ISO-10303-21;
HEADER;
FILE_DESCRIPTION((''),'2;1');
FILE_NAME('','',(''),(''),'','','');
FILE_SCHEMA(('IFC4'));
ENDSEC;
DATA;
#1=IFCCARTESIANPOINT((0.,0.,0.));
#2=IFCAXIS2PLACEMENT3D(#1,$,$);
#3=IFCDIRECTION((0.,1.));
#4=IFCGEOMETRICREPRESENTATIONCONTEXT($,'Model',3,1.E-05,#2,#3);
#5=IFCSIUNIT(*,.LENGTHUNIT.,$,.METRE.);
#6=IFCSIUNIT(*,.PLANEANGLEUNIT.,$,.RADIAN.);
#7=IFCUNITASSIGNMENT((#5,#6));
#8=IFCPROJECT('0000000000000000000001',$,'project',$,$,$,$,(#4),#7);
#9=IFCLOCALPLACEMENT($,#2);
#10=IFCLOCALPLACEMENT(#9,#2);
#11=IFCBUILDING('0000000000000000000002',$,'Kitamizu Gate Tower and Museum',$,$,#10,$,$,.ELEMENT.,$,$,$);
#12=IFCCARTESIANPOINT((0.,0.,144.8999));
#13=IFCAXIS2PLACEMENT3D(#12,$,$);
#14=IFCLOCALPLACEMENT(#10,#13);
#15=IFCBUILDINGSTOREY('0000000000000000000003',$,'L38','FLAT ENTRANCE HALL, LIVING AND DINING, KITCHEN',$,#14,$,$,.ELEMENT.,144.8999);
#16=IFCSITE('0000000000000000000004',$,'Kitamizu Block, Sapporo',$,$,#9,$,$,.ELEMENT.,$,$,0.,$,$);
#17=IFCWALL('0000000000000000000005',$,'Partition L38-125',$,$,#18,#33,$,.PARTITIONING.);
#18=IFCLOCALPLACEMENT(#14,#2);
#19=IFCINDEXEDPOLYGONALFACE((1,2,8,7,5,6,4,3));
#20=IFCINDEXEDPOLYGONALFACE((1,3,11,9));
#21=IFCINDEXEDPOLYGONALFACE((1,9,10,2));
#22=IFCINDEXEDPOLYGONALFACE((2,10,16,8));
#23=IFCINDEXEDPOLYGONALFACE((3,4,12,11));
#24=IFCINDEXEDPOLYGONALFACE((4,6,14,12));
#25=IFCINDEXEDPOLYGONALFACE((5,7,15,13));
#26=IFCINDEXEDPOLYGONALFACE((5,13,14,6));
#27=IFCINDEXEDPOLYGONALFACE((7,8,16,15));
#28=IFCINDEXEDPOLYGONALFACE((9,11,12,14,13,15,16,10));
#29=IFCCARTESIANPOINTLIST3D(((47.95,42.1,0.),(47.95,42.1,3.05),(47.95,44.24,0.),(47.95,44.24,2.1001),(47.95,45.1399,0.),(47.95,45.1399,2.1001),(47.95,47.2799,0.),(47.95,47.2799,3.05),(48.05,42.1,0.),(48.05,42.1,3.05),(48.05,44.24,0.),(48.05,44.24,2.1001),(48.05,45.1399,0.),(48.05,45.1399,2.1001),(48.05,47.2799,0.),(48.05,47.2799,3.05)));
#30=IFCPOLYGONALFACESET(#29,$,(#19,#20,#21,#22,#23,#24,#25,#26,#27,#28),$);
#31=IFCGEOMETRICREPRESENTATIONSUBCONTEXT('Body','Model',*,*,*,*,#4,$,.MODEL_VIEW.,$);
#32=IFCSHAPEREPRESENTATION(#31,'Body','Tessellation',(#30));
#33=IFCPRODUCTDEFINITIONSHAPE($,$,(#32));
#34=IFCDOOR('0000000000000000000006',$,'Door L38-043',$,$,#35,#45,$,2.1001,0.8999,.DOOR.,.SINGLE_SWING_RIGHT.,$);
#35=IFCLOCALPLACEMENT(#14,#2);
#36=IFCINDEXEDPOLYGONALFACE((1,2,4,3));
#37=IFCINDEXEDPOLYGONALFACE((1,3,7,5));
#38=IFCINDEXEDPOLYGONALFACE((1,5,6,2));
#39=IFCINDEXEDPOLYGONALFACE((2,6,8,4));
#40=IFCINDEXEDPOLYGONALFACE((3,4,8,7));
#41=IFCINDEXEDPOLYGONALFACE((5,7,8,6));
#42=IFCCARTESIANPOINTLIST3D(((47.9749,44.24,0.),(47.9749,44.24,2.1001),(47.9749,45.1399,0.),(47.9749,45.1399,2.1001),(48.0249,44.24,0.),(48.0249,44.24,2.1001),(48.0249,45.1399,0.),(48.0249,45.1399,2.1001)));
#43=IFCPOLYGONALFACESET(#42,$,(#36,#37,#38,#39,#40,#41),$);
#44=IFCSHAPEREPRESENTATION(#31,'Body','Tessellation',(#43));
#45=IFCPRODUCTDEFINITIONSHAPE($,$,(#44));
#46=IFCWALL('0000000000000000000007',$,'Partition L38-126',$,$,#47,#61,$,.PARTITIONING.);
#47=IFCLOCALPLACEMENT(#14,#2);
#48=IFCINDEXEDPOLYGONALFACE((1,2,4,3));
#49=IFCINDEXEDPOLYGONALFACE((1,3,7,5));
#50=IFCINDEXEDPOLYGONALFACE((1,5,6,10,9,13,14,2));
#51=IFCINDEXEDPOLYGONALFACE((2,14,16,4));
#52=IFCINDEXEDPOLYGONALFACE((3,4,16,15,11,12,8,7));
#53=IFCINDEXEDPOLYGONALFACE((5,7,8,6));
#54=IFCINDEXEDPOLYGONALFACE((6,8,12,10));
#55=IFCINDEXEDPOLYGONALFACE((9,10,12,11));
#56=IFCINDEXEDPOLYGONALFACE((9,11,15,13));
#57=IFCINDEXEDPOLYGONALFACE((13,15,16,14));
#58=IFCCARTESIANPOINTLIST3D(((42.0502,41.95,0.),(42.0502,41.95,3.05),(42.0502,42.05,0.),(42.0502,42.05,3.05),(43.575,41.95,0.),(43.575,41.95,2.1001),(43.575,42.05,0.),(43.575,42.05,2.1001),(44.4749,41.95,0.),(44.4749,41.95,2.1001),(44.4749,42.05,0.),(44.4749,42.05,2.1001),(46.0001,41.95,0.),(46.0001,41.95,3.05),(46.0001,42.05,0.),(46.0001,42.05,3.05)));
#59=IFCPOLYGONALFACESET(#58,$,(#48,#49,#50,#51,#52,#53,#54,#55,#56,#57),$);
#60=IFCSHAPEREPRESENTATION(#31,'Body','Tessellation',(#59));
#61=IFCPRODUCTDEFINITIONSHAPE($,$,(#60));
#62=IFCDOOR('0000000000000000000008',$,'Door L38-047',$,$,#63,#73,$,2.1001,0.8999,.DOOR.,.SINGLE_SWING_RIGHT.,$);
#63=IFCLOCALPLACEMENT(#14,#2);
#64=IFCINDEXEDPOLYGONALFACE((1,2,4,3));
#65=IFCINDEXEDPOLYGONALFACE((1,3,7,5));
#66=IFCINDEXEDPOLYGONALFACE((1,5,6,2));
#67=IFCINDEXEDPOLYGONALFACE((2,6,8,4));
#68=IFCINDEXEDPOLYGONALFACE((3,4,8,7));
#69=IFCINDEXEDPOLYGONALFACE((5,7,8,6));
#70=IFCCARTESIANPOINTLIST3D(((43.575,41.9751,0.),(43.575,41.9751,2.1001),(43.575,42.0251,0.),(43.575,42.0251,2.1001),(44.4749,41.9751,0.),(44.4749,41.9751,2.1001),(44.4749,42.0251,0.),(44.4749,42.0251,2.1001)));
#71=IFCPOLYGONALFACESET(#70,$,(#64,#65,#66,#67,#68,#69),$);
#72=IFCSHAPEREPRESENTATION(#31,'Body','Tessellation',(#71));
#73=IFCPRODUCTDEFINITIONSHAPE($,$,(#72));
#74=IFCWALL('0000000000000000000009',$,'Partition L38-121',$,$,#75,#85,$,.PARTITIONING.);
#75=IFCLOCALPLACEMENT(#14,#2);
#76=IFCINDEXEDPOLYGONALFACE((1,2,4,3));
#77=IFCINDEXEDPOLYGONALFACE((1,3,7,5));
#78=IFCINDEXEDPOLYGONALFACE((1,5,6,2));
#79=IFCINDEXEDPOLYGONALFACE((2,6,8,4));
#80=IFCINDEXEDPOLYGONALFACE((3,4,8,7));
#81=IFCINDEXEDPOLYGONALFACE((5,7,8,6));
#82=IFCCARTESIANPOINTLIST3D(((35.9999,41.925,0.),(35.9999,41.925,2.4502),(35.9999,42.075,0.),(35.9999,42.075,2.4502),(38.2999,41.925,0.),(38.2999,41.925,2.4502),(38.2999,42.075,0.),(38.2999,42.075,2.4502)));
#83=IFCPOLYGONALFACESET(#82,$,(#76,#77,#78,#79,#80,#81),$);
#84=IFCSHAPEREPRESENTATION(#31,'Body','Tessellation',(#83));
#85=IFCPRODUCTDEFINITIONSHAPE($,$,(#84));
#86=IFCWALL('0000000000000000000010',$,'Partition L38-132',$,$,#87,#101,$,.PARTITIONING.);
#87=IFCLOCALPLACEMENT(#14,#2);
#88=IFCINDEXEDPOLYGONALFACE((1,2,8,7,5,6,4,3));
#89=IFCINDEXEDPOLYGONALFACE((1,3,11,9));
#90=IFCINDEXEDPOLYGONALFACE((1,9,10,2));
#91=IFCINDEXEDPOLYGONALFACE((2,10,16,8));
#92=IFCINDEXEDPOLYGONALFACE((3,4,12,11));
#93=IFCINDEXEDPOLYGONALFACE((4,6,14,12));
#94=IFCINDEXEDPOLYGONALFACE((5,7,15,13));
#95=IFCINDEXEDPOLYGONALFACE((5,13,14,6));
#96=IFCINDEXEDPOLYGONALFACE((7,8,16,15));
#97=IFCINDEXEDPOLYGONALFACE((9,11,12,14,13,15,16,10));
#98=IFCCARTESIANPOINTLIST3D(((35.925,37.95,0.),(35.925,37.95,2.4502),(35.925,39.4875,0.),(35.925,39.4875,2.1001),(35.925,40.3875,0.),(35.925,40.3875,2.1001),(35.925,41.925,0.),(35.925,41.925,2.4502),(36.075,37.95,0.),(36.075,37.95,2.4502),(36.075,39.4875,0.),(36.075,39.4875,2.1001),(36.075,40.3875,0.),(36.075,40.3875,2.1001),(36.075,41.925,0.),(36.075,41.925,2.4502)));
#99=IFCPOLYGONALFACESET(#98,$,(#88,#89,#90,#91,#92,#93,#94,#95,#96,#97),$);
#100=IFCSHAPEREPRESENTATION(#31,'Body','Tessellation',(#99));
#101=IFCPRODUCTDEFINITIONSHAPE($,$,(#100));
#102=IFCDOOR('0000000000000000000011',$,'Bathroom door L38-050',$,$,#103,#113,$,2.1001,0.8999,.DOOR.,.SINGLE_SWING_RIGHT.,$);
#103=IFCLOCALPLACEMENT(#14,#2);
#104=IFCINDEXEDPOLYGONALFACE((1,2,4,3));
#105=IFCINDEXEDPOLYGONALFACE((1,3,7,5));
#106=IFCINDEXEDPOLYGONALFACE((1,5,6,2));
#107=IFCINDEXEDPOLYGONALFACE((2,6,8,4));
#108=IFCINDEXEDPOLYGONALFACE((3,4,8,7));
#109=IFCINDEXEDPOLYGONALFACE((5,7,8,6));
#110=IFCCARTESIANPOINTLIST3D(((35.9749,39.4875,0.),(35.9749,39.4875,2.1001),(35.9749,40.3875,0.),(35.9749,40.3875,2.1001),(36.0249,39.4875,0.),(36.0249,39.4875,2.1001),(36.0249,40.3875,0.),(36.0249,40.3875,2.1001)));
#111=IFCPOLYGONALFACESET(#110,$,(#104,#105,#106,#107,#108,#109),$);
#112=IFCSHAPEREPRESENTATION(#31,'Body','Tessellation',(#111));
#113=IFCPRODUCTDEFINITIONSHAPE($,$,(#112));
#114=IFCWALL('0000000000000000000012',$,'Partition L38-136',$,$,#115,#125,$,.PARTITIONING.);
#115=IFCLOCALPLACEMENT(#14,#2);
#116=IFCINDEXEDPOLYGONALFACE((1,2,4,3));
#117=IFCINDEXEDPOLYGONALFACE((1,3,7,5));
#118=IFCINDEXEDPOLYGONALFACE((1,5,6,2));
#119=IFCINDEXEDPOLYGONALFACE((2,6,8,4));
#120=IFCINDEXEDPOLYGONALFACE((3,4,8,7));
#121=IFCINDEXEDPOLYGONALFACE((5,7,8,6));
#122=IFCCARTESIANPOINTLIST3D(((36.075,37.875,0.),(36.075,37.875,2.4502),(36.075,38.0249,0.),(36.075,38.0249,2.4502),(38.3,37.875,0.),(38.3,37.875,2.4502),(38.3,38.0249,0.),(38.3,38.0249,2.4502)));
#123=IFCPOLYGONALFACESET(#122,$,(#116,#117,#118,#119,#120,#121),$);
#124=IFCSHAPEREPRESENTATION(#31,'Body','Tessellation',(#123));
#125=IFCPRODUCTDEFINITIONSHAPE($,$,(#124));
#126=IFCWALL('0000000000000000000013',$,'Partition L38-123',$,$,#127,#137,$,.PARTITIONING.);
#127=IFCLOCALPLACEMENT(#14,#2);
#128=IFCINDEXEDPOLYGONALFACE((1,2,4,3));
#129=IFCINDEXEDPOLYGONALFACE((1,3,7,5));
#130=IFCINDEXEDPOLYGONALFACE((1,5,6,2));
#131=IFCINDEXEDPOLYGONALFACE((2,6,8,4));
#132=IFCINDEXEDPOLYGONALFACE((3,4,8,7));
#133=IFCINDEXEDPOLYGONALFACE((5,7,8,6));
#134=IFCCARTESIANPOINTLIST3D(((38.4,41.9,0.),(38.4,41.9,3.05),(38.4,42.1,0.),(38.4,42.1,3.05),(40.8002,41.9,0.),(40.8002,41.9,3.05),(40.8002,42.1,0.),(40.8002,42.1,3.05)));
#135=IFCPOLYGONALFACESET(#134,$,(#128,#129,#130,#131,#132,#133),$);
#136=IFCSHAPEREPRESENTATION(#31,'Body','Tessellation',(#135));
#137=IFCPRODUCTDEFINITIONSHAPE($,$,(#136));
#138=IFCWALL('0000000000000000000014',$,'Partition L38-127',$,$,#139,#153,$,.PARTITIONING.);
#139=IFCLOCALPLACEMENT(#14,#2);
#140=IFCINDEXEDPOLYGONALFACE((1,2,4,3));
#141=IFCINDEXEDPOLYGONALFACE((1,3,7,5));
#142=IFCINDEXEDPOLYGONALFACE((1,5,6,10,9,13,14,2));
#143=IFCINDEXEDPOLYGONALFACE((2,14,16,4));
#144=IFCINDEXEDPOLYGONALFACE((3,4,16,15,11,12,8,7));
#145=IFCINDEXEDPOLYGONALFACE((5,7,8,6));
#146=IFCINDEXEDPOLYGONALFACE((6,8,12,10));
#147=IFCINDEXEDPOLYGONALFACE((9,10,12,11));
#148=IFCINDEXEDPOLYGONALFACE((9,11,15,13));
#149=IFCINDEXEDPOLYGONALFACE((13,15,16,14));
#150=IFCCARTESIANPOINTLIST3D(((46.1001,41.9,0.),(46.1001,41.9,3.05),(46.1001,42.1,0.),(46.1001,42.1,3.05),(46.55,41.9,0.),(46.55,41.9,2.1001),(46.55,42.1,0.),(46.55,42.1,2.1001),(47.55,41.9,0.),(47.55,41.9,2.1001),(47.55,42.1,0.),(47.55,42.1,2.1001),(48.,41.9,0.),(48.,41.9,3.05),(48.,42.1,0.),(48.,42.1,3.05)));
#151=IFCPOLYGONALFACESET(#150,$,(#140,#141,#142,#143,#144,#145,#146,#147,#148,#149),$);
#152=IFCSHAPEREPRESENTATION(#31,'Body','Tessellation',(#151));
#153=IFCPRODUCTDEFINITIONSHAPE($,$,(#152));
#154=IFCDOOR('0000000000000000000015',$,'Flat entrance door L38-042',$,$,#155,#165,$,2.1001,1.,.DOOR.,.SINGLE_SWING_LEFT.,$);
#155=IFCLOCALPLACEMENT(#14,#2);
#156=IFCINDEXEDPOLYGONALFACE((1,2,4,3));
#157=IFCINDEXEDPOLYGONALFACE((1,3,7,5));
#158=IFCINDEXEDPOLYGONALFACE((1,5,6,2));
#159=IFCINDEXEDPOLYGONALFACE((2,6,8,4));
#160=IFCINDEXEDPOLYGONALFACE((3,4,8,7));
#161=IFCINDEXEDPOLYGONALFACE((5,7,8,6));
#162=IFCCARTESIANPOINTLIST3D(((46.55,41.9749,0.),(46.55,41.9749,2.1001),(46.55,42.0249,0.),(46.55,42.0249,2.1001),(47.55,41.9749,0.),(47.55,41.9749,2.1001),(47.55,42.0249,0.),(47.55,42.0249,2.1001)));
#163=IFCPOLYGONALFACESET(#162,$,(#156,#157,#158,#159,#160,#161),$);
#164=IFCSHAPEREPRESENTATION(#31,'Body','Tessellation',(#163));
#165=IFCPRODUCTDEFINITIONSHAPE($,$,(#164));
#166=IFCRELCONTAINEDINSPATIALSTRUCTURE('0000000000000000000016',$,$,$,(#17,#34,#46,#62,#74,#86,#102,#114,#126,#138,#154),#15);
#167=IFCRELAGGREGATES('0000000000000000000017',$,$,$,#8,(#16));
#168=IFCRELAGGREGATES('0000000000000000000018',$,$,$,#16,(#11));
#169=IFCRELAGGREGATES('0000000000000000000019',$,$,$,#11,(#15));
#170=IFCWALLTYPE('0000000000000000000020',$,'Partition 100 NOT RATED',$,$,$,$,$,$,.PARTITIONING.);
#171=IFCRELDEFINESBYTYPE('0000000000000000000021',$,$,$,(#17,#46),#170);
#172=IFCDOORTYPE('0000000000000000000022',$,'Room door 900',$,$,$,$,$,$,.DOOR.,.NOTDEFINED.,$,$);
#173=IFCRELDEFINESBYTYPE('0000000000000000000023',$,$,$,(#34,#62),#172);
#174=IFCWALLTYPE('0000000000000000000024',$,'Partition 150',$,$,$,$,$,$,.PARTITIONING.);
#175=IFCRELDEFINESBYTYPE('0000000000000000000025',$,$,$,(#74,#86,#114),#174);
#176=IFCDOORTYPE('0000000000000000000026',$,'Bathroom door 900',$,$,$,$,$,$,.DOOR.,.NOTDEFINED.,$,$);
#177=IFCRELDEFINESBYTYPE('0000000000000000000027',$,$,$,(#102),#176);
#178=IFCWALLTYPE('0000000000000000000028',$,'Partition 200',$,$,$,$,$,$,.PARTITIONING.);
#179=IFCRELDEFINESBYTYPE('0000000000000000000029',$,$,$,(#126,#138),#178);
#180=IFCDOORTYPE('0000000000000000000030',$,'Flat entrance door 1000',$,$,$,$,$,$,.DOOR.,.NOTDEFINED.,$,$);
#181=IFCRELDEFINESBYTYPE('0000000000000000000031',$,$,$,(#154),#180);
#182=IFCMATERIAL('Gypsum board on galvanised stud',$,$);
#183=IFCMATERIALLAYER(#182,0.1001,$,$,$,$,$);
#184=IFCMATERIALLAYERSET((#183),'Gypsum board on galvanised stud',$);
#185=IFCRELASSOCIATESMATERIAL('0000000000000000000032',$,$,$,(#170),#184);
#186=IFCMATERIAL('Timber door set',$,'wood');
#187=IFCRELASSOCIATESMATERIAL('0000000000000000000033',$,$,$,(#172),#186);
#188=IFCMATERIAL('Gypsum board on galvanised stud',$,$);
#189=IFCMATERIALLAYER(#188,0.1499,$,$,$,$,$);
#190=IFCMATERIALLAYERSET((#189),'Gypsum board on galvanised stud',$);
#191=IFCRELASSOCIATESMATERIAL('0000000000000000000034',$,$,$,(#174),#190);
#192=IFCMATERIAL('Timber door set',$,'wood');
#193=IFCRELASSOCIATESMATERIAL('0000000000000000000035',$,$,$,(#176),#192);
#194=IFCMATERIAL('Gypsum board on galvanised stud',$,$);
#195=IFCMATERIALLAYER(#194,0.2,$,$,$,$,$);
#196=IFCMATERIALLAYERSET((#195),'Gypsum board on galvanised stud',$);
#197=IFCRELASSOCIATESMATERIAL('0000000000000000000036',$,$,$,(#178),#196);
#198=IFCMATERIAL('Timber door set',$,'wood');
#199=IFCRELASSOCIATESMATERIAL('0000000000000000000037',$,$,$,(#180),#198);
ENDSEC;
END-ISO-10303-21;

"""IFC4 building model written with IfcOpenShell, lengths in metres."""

from ifc_helpers import new_model, si_unit, direction, frame, frame_2d, origin, place, context, subcontext, project, spatial, rectangle, extrude, material, layer, layer_set, type_object, element, fill, save


model = new_model("IFC4")

# Units and contexts
model_context = context("Model", 3, precision=1e-05, world=origin(), true_north=direction((0.0, 1.0)))
body_context = subcontext(model_context, "Body", "Model", "MODEL_VIEW")
ifc_project = project(units=[si_unit("LENGTHUNIT", "METRE"), si_unit("PLANEANGLEUNIT", "RADIAN")], contexts=[model_context])

# Site, building, storey
site_placement = place(None, origin())
site = spatial("IfcSite", under=ifc_project, at=site_placement, Name="Kitamizu Block, Sapporo", CompositionType="ELEMENT", RefElevation=0.0)
building_placement = place(site_placement, origin())
building = spatial("IfcBuilding", under=site, at=building_placement, Name="Kitamizu Gate Tower and Museum", CompositionType="ELEMENT")
storey_placement = place(building_placement, frame((0.0, 0.0, 144.8999)))
storey = spatial("IfcBuildingStorey", under=building, at=storey_placement, Name="L38", Description="FLAT ENTRANCE HALL, LIVING AND DINING, KITCHEN", CompositionType="ELEMENT", Elevation=144.8999)

# Shared definitions
ifc_material_1 = material(Name="Gypsum board on galvanised stud")
ifc_layer_1 = layer(ifc_material_1, 0.1001)
ifc_layer_set_1 = layer_set([ifc_layer_1], Name="Gypsum board on galvanised stud")
wall_type_1 = type_object("IfcWallType", Name="Partition 100 NOT RATED", PredefinedType="PARTITIONING", material=ifc_layer_set_1)

# Shared definitions
ifc_material_2 = material(Name="Timber door set", Category="wood")
door_type_1 = type_object("IfcDoorType", Name="Room door 900", OperationType="NOTDEFINED", PredefinedType="DOOR", material=ifc_material_2)

# Walls, openings, doors
wall_1_placement = place(storey_placement, frame((48.0, 42.1001, 0.0), z_axis=(0.0, 0.0, 1.0), x_axis=(0.0, 1.0, 0.0)))
wall_1 = element("IfcWall", 1, at=wall_1_placement, inside=storey, type_object=wall_type_1, Name="Partition L38-125", PredefinedType="PARTITIONING", context=body_context, shape_type="SweptSolid", body=[
    extrude(rectangle(XDim=5.1799, YDim=0.1001, at=frame_2d((2.5898, 0.0))), origin(), (0.0, 0.0, 1.0), 3.05),
])
opening_1_placement = place(wall_1_placement, frame((2.1399, 0.0, 0.0)))
opening_1 = element("IfcOpeningElement", 2, at=opening_1_placement, cuts=wall_1, PredefinedType="OPENING", context=body_context, shape_type="SweptSolid", body=[
    extrude(rectangle(XDim=0.8999, YDim=2.1001, at=frame_2d((0.45, 1.05))), frame((0.0, 0.0601, 0.0), z_axis=(0.0, -1.0, 0.0), x_axis=(1.0, 0.0, 0.0)), (0.0, 0.0, 1.0), 0.1201),
])
door_1_placement = place(opening_1_placement, frame((0.8999, 0.0, 0.0), x_axis=(-1.0, 0.0, 0.0)))
door_1 = element("IfcDoor", 3, at=door_1_placement, inside=storey, type_object=door_type_1, Name="Door L38-043", OperationType="SINGLE_SWING_RIGHT", OverallHeight=2.1001, OverallWidth=0.8999, PredefinedType="DOOR", context=body_context, shape_type="SweptSolid", body=[
    extrude(rectangle(XDim=0.8999, YDim=2.1001, at=frame_2d((0.45, 1.05))), frame((0.0, 0.0249, 0.0), z_axis=(0.0, -1.0, 0.0), x_axis=(1.0, 0.0, 0.0)), (0.0, 0.0, 1.0), 0.05),
])
fill(opening_1, door_1)
wall_2_placement = place(storey_placement, frame((42.05, 42.0, 0.0), z_axis=(0.0, 0.0, 1.0), x_axis=(1.0, 0.0, 0.0)))
wall_2 = element("IfcWall", 4, at=wall_2_placement, inside=storey, type_object=wall_type_1, Name="Partition L38-126", PredefinedType="PARTITIONING", context=body_context, shape_type="SweptSolid", body=[
    extrude(rectangle(XDim=3.95, YDim=0.1001, at=frame_2d((1.9751, 0.0))), origin(), (0.0, 0.0, 1.0), 3.05),
])
opening_2_placement = place(wall_2_placement, frame((1.5249, 0.0, 0.0)))
opening_2 = element("IfcOpeningElement", 5, at=opening_2_placement, cuts=wall_2, PredefinedType="OPENING", context=body_context, shape_type="SweptSolid", body=[
    extrude(rectangle(XDim=0.8999, YDim=2.1001, at=frame_2d((0.45, 1.05))), frame((0.0, 0.0601, 0.0), z_axis=(0.0, -1.0, 0.0), x_axis=(1.0, 0.0, 0.0)), (0.0, 0.0, 1.0), 0.1201),
])
door_2_placement = place(opening_2_placement, frame((0.8999, 0.0, 0.0), x_axis=(-1.0, 0.0, 0.0)))
door_2 = element("IfcDoor", 6, at=door_2_placement, inside=storey, type_object=door_type_1, Name="Door L38-047", OperationType="SINGLE_SWING_RIGHT", OverallHeight=2.1001, OverallWidth=0.8999, PredefinedType="DOOR", context=body_context, shape_type="SweptSolid", body=[
    extrude(rectangle(XDim=0.8999, YDim=2.1001, at=frame_2d((0.45, 1.05))), frame((0.0, 0.0249, 0.0), z_axis=(0.0, -1.0, 0.0), x_axis=(1.0, 0.0, 0.0)), (0.0, 0.0, 1.0), 0.05),
])
fill(opening_2, door_2)

# Wall
ifc_material_3 = material(Name="Gypsum board on galvanised stud")
ifc_layer_2 = layer(ifc_material_3, 0.1499)
ifc_layer_set_2 = layer_set([ifc_layer_2], Name="Gypsum board on galvanised stud")
wall_type_2 = type_object("IfcWallType", Name="Partition 150", PredefinedType="PARTITIONING", material=ifc_layer_set_2)
wall_3_placement = place(storey_placement, frame((36.0, 42.0, 0.0), z_axis=(0.0, 0.0, 1.0), x_axis=(1.0, 0.0, 0.0)))
element("IfcWall", 7, at=wall_3_placement, inside=storey, type_object=wall_type_2, Name="Partition L38-121", PredefinedType="PARTITIONING", context=body_context, shape_type="SweptSolid", body=[
    extrude(rectangle(XDim=2.3, YDim=0.1499, at=frame_2d((1.1499, 0.0))), origin(), (0.0, 0.0, 1.0), 2.4502),
])

# Wall, opening, door
wall_4_placement = place(storey_placement, frame((36.0, 37.95, 0.0), z_axis=(0.0, 0.0, 1.0), x_axis=(0.0, 1.0, 0.0)))
wall_4 = element("IfcWall", 8, at=wall_4_placement, inside=storey, type_object=wall_type_2, Name="Partition L38-132", PredefinedType="PARTITIONING", context=body_context, shape_type="SweptSolid", body=[
    extrude(rectangle(XDim=3.9751, YDim=0.1499, at=frame_2d((1.9875, 0.0))), origin(), (0.0, 0.0, 1.0), 2.4502),
])
opening_3_placement = place(wall_4_placement, frame((1.5376, 0.0, 0.0)))
opening_3 = element("IfcOpeningElement", 9, at=opening_3_placement, cuts=wall_4, PredefinedType="OPENING", context=body_context, shape_type="SweptSolid", body=[
    extrude(rectangle(XDim=0.8999, YDim=2.1001, at=frame_2d((0.45, 1.05))), frame((0.0, 0.085, 0.0), z_axis=(0.0, -1.0, 0.0), x_axis=(1.0, 0.0, 0.0)), (0.0, 0.0, 1.0), 0.1699),
])
ifc_material_4 = material(Name="Timber door set", Category="wood")
door_type_2 = type_object("IfcDoorType", Name="Bathroom door 900", OperationType="NOTDEFINED", PredefinedType="DOOR", material=ifc_material_4)
door_3_placement = place(opening_3_placement, frame((0.8999, 0.0, 0.0), x_axis=(-1.0, 0.0, 0.0)))
door_3 = element("IfcDoor", 10, at=door_3_placement, inside=storey, type_object=door_type_2, Name="Bathroom door L38-050", OperationType="SINGLE_SWING_RIGHT", OverallHeight=2.1001, OverallWidth=0.8999, PredefinedType="DOOR", context=body_context, shape_type="SweptSolid", body=[
    extrude(rectangle(XDim=0.8999, YDim=2.1001, at=frame_2d((0.45, 1.05))), frame((0.0, 0.0249, 0.0), z_axis=(0.0, -1.0, 0.0), x_axis=(1.0, 0.0, 0.0)), (0.0, 0.0, 1.0), 0.05),
])
fill(opening_3, door_3)

# Walls
wall_5_placement = place(storey_placement, frame((38.3, 37.95, 0.0), z_axis=(0.0, 0.0, 1.0), x_axis=(-1.0, 0.0, 0.0)))
element("IfcWall", 11, at=wall_5_placement, inside=storey, type_object=wall_type_2, Name="Partition L38-136", PredefinedType="PARTITIONING", context=body_context, shape_type="SweptSolid", body=[
    extrude(rectangle(XDim=2.2251, YDim=0.1499, at=frame_2d((1.1125, 0.0))), origin(), (0.0, 0.0, 1.0), 2.4502),
])
ifc_material_5 = material(Name="Gypsum board on galvanised stud")
ifc_layer_3 = layer(ifc_material_5, 0.2)
ifc_layer_set_3 = layer_set([ifc_layer_3], Name="Gypsum board on galvanised stud")
wall_type_3 = type_object("IfcWallType", Name="Partition 200", PredefinedType="PARTITIONING", material=ifc_layer_set_3)
wall_6_placement = place(storey_placement, frame((38.3999, 42.0, 0.0), z_axis=(0.0, 0.0, 1.0), x_axis=(1.0, 0.0, 0.0)))
element("IfcWall", 12, at=wall_6_placement, inside=storey, type_object=wall_type_3, Name="Partition L38-123", PredefinedType="PARTITIONING", context=body_context, shape_type="SweptSolid", body=[
    extrude(rectangle(XDim=2.4001, YDim=0.2, at=frame_2d((1.2002, 0.0))), origin(), (0.0, 0.0, 1.0), 3.05),
])

# Wall, opening, door
wall_7_placement = place(storey_placement, frame((46.1001, 42.0, 0.0), z_axis=(0.0, 0.0, 1.0), x_axis=(1.0, 0.0, 0.0)))
wall_7 = element("IfcWall", 13, at=wall_7_placement, inside=storey, type_object=wall_type_3, Name="Partition L38-127", PredefinedType="PARTITIONING", context=body_context, shape_type="SweptSolid", body=[
    extrude(rectangle(XDim=1.8999, YDim=0.2, at=frame_2d((0.95, 0.0))), origin(), (0.0, 0.0, 1.0), 3.05),
])
opening_4_placement = place(wall_7_placement, frame((0.45, 0.0, 0.0)))
opening_4 = element("IfcOpeningElement", 14, at=opening_4_placement, cuts=wall_7, PredefinedType="OPENING", context=body_context, shape_type="SweptSolid", body=[
    extrude(rectangle(XDim=1.0, YDim=2.1001, at=frame_2d((0.5, 1.05))), frame((0.0, 0.1099, 0.0), z_axis=(0.0, -1.0, 0.0), x_axis=(1.0, 0.0, 0.0)), (0.0, 0.0, 1.0), 0.22),
])
ifc_material_6 = material(Name="Timber door set", Category="wood")
door_type_3 = type_object("IfcDoorType", Name="Flat entrance door 1000", OperationType="NOTDEFINED", PredefinedType="DOOR", material=ifc_material_6)
door_4_placement = place(opening_4_placement, origin())
door_4 = element("IfcDoor", 15, at=door_4_placement, inside=storey, type_object=door_type_3, Name="Flat entrance door L38-042", OperationType="SINGLE_SWING_LEFT", OverallHeight=2.1001, OverallWidth=1.0, PredefinedType="DOOR", context=body_context, shape_type="SweptSolid", body=[
    extrude(rectangle(XDim=1.0, YDim=2.1001, at=frame_2d((0.5, 1.05))), frame((0.0, 0.0249, 0.0), z_axis=(0.0, -1.0, 0.0), x_axis=(1.0, 0.0, 0.0)), (0.0, 0.0, 1.0), 0.05),
])
fill(opening_4, door_4)

save(model, "model.ifc")
